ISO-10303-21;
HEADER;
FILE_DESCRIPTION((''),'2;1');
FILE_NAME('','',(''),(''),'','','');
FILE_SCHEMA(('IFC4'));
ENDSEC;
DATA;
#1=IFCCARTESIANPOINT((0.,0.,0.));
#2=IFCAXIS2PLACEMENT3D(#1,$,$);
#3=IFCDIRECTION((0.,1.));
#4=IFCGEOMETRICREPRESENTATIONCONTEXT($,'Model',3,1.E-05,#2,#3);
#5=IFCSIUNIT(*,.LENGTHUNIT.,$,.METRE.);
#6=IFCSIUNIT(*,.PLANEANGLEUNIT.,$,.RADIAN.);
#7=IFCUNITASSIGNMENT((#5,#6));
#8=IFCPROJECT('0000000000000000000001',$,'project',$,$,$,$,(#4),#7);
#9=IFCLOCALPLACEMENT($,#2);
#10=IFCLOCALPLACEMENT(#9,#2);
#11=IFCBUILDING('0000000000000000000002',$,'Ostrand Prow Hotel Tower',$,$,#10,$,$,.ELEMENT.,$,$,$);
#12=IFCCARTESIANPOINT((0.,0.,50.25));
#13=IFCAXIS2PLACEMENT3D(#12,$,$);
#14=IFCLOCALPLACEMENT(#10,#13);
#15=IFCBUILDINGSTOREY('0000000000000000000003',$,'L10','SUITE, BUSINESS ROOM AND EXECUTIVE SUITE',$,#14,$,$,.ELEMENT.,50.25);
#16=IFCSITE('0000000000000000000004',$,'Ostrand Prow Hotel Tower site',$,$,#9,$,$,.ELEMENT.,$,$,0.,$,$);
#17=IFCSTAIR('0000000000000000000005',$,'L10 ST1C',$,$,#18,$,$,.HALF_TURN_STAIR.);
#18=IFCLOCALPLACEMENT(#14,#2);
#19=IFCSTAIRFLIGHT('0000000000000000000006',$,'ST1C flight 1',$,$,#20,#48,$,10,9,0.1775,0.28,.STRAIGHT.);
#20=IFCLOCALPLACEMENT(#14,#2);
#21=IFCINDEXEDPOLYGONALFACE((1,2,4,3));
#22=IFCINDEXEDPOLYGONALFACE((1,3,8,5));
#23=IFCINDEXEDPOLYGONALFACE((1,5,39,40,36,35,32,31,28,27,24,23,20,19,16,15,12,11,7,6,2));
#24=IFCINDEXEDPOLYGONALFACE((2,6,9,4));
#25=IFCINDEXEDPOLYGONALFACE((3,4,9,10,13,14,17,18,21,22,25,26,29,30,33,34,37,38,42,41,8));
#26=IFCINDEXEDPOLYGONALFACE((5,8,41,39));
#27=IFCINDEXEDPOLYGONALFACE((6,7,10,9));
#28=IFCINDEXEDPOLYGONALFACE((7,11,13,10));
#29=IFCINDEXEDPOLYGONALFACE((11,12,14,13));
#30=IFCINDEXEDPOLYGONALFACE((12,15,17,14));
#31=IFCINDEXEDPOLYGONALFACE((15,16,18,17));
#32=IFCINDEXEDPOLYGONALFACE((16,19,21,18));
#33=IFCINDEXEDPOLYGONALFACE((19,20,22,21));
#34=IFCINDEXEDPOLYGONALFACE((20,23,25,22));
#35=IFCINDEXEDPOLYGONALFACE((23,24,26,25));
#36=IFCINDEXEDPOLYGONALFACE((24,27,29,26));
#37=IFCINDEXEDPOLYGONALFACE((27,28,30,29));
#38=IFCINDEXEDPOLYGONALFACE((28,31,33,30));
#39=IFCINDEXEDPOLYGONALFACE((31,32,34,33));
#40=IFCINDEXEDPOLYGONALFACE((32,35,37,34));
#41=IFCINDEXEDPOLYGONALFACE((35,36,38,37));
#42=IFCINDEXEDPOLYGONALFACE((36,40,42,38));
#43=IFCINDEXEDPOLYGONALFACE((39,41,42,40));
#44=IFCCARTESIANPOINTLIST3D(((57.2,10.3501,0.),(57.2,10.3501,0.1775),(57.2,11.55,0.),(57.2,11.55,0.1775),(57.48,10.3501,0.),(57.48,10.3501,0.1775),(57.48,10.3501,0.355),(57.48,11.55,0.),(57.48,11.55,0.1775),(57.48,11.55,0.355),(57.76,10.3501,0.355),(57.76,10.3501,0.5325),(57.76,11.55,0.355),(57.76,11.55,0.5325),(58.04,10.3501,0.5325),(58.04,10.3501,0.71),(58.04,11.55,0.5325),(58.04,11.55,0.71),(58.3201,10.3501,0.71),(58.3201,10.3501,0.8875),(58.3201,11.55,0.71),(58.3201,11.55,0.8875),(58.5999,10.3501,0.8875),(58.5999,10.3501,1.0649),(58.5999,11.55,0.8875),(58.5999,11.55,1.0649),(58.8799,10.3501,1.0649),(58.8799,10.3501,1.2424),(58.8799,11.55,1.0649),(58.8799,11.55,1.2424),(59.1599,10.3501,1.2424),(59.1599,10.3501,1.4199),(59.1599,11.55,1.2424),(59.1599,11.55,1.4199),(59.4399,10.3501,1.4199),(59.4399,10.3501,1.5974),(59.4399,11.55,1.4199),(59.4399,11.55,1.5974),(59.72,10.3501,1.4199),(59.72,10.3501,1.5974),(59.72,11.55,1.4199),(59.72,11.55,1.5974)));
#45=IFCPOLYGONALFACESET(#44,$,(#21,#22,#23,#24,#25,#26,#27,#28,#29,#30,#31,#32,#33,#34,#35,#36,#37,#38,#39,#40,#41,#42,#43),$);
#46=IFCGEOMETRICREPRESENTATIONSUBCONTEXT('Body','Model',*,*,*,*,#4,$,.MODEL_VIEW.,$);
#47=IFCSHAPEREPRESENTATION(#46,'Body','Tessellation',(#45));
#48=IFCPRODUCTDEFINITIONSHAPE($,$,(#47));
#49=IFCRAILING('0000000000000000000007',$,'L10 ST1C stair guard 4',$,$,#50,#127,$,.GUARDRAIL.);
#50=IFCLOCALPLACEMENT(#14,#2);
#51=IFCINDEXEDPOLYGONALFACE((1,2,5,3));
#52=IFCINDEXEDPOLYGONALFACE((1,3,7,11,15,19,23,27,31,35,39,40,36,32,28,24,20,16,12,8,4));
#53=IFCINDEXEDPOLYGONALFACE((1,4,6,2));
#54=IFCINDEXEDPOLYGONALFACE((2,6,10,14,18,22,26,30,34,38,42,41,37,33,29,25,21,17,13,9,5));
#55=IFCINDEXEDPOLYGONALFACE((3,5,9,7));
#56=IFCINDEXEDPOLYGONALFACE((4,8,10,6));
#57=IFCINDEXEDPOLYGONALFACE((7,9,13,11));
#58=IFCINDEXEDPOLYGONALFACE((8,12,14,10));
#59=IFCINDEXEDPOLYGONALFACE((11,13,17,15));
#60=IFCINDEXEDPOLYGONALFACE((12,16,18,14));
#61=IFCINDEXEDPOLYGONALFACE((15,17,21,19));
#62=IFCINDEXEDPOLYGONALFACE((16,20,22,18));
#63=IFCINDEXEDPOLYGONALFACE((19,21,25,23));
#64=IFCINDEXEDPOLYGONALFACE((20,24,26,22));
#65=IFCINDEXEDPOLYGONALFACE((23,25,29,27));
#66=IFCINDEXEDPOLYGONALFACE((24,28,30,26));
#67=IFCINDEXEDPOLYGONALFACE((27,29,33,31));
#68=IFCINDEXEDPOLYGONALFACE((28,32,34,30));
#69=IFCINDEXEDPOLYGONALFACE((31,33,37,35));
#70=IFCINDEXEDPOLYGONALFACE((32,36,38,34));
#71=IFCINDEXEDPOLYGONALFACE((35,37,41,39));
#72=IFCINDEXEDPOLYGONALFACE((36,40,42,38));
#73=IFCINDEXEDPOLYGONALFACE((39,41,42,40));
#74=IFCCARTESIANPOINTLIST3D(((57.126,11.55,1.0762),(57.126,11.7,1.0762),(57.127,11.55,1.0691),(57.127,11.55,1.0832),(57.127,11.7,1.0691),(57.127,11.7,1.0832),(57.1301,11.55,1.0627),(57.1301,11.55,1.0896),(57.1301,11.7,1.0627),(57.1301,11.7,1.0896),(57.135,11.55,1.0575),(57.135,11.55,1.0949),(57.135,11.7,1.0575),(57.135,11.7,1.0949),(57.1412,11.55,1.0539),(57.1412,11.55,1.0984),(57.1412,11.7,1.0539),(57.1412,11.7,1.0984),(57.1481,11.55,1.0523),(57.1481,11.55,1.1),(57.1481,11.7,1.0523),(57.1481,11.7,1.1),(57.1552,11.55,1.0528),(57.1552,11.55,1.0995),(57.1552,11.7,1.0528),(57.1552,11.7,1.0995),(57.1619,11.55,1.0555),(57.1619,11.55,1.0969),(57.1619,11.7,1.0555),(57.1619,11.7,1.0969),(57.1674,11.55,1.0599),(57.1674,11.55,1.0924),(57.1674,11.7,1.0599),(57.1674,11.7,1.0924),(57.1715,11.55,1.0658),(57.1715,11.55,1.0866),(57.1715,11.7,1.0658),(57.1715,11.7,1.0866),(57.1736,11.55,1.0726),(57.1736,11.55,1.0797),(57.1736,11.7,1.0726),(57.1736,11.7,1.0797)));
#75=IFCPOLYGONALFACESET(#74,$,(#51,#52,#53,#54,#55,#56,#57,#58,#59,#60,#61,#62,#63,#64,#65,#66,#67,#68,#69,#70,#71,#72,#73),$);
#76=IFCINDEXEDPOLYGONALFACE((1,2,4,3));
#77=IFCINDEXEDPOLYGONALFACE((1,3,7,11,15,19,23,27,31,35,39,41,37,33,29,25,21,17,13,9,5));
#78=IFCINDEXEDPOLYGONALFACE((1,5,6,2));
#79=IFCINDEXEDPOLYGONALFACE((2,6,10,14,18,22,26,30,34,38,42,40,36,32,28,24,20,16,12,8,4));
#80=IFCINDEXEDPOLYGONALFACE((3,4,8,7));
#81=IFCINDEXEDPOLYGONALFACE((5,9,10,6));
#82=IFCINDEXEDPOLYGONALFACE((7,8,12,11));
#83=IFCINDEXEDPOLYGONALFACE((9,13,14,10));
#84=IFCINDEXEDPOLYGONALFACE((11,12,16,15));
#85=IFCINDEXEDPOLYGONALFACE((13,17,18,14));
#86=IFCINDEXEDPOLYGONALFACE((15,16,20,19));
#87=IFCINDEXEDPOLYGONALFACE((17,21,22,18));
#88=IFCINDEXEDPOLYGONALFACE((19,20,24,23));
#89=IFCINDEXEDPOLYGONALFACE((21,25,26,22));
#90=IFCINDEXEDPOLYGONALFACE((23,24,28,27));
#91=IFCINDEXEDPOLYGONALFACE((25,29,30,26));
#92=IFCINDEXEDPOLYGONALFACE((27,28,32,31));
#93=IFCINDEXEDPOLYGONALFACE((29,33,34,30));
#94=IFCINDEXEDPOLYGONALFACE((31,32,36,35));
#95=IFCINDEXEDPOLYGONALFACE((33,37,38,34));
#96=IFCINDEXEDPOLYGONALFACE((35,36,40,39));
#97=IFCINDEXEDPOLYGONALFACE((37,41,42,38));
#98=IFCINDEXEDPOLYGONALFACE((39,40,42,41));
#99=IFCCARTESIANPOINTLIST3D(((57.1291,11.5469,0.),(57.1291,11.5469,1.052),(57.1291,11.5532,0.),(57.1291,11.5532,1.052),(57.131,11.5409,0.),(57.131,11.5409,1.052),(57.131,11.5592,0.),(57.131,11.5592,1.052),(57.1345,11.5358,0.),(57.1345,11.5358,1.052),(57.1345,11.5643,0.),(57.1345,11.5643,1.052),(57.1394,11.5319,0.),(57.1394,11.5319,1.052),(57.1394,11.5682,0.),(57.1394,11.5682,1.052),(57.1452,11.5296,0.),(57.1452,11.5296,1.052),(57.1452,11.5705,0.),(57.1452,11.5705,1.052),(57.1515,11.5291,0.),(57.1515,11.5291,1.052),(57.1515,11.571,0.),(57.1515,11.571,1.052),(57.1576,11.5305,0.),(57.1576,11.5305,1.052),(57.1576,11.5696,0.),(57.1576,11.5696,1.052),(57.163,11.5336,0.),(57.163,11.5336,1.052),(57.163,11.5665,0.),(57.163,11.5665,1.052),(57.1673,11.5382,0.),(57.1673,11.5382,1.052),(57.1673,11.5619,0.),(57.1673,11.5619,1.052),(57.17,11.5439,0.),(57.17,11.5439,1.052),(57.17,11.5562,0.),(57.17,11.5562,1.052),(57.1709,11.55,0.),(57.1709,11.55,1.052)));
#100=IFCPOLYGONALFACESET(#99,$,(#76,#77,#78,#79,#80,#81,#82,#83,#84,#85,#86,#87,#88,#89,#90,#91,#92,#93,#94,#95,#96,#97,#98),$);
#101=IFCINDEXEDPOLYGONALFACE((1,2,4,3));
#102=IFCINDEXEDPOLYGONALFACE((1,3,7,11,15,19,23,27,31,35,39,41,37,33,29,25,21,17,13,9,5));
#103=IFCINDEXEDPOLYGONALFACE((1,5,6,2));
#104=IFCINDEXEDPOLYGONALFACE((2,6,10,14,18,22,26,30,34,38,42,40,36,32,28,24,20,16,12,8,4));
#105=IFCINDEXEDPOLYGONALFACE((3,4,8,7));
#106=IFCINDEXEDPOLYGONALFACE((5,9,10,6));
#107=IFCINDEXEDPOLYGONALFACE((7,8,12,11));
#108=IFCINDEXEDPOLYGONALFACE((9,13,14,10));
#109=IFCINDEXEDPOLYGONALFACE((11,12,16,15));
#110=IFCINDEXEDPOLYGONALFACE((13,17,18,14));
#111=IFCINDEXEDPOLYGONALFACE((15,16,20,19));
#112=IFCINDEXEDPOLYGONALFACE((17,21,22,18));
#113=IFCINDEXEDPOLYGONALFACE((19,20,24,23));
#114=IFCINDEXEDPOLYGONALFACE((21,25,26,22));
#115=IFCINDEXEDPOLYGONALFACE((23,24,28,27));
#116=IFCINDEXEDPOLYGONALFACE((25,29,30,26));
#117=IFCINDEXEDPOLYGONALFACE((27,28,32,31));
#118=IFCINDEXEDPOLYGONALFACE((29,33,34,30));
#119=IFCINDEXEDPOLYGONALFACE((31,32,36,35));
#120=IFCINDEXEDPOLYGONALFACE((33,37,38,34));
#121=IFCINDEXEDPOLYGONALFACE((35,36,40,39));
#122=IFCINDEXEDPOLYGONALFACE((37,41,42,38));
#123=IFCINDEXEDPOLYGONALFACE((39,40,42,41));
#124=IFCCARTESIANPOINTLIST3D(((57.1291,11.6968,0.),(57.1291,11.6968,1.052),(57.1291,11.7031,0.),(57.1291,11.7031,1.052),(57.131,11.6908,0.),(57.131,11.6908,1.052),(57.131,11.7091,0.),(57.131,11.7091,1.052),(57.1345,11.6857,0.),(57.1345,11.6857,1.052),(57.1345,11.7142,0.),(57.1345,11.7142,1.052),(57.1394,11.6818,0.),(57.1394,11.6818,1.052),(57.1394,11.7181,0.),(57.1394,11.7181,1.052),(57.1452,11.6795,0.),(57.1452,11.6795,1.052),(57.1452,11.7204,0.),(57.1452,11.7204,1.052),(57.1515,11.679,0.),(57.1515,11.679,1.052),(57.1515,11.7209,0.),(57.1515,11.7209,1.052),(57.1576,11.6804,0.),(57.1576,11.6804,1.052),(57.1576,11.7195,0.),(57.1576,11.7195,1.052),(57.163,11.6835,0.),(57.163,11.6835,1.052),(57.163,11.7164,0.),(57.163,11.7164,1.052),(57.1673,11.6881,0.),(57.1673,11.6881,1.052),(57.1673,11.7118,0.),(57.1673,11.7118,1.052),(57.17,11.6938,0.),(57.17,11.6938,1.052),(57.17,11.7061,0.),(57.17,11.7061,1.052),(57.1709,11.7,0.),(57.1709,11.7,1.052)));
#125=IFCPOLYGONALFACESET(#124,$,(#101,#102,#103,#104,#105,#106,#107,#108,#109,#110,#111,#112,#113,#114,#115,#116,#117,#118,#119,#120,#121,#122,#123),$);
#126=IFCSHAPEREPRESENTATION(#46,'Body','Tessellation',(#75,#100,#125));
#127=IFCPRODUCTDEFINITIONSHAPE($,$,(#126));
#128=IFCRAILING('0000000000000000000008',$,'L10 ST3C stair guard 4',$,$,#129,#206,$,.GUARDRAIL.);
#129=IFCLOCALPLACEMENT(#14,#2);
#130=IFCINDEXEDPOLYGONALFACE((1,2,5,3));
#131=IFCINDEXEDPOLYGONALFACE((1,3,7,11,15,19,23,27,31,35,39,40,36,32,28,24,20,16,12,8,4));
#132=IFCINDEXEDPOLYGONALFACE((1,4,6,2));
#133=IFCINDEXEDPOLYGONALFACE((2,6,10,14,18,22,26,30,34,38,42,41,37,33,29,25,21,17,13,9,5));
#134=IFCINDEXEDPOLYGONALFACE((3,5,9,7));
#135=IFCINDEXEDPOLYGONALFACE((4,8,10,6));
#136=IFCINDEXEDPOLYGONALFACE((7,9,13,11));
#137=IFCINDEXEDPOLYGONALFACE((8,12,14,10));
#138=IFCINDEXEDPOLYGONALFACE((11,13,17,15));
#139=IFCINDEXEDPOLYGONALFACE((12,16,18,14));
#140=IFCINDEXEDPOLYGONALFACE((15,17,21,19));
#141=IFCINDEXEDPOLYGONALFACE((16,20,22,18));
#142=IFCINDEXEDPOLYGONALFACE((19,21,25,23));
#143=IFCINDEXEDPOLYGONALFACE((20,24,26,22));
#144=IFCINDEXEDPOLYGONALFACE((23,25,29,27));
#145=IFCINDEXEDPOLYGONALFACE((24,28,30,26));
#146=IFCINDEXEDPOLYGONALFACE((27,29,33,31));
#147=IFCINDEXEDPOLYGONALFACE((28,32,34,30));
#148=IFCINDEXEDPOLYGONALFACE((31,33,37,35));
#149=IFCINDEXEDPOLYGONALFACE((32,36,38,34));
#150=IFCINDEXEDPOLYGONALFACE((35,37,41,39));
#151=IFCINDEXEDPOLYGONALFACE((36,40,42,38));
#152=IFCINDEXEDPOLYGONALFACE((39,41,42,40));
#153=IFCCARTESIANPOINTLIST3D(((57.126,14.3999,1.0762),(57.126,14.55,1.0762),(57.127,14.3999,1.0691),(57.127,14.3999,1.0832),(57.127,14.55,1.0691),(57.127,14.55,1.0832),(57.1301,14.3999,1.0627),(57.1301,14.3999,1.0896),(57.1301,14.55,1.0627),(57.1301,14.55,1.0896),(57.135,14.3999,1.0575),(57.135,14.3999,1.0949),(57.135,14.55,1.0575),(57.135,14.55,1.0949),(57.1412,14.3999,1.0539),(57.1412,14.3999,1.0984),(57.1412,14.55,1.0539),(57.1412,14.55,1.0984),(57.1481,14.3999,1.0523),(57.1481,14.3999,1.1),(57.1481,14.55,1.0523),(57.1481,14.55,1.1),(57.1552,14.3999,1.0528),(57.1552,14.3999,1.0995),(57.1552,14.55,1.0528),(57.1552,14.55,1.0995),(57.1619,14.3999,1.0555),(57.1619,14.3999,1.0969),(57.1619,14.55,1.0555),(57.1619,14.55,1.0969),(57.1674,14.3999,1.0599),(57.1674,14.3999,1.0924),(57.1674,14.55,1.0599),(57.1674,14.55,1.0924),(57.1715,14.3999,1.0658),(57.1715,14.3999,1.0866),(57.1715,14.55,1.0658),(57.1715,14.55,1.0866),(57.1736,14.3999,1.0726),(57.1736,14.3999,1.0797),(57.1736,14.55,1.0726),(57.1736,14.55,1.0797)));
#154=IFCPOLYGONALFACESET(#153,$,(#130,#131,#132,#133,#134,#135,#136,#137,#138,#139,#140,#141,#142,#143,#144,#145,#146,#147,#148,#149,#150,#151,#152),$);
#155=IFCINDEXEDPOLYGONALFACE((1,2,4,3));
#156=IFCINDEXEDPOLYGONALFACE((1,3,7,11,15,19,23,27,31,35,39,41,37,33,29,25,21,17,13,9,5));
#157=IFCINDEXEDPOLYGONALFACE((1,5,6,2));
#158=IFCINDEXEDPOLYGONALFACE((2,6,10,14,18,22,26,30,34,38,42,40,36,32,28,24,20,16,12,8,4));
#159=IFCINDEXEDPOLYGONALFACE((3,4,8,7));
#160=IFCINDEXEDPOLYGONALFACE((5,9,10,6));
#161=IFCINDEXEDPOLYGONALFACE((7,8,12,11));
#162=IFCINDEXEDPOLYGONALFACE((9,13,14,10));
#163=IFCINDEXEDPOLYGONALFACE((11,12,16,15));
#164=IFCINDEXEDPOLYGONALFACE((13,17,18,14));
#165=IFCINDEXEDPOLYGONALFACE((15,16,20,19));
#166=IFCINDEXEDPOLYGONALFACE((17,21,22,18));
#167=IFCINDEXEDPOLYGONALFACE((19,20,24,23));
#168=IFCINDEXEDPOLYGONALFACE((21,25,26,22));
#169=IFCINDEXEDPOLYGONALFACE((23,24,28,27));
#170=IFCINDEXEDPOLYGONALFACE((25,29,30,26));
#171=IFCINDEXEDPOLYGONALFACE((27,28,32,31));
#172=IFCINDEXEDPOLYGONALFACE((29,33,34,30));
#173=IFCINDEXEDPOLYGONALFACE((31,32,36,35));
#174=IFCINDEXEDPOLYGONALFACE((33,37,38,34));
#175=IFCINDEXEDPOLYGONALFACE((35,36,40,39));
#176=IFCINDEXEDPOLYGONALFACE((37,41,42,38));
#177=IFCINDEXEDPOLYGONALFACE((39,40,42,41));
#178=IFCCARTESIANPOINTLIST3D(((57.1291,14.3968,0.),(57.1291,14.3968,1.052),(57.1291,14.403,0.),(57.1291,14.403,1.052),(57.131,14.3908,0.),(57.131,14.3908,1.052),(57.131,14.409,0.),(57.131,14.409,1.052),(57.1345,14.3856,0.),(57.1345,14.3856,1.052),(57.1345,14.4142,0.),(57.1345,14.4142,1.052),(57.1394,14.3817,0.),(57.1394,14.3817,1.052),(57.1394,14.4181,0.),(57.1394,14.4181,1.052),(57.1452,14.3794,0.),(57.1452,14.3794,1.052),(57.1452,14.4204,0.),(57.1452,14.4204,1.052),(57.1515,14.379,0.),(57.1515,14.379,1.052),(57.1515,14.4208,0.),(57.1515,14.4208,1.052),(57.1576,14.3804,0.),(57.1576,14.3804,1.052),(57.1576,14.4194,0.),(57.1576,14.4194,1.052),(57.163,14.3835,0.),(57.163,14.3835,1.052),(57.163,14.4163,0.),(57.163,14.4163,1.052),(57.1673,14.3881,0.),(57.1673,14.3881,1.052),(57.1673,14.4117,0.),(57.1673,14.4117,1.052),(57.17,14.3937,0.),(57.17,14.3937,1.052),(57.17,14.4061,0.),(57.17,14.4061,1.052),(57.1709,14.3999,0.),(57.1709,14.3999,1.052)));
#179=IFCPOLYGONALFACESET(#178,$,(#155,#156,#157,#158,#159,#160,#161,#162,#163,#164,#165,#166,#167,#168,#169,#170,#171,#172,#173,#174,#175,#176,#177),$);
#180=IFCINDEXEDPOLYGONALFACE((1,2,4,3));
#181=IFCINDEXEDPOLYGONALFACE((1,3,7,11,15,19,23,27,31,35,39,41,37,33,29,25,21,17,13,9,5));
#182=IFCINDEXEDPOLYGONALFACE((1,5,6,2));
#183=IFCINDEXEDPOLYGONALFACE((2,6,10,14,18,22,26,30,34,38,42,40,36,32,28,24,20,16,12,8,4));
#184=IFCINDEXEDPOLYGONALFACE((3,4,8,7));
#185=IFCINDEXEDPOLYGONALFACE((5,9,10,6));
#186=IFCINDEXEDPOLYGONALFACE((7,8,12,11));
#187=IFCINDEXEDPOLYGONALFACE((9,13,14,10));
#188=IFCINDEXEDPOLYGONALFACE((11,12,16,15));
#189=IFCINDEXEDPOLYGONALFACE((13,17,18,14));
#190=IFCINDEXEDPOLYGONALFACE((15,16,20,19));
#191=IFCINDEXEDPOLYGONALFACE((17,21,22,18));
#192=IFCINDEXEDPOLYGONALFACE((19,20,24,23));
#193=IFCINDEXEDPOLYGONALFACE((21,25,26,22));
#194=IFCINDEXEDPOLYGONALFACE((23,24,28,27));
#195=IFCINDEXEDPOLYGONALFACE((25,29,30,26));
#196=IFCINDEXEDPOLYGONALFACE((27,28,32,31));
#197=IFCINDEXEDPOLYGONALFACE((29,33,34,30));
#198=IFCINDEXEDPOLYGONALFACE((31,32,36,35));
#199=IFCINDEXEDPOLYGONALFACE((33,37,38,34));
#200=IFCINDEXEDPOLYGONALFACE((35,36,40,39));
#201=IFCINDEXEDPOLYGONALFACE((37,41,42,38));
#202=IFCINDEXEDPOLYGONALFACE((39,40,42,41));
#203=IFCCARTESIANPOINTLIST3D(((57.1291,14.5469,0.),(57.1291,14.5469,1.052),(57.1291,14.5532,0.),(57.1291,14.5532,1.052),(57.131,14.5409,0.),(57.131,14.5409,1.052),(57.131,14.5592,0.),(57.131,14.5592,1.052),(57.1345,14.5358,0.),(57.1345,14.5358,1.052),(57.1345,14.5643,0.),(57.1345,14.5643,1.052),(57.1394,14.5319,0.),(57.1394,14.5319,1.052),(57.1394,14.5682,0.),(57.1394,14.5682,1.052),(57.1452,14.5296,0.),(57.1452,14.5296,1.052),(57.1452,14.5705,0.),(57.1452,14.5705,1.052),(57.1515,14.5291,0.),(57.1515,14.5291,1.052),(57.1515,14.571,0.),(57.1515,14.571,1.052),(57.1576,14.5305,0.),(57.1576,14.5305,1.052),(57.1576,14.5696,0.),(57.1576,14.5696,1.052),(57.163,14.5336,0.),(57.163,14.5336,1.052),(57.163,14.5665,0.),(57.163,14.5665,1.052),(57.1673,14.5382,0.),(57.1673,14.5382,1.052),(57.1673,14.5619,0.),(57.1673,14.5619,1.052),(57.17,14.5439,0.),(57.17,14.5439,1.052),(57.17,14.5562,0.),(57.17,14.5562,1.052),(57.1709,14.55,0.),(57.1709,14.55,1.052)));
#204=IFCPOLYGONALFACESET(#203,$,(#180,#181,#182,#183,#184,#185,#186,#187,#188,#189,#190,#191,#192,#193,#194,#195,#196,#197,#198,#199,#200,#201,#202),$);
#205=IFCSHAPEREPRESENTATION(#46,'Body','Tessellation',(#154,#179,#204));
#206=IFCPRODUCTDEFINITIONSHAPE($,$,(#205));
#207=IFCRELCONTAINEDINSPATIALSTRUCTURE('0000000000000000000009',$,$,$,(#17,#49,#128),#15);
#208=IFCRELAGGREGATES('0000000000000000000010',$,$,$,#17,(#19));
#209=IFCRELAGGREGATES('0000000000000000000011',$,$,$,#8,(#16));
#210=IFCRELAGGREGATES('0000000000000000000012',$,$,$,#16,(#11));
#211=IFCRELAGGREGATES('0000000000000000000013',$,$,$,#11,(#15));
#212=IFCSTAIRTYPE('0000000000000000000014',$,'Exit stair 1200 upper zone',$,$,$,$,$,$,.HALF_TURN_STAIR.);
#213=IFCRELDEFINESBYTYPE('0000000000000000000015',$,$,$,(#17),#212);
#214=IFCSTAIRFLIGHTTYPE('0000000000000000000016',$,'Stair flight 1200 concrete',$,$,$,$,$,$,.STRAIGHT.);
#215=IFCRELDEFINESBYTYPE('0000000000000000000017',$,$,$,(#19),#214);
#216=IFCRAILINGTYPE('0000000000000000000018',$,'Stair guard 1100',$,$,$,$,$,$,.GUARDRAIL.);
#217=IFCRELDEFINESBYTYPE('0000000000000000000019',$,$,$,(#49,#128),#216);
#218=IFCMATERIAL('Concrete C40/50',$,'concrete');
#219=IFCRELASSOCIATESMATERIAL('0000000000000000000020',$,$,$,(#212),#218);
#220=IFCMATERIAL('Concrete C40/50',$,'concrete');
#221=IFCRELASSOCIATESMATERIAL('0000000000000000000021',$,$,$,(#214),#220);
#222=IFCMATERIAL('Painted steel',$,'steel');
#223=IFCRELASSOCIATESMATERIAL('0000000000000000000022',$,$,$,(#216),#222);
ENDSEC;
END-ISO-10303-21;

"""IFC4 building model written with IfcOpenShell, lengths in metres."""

from ifc_helpers import new_model, si_unit, direction, frame, origin, origin_2d, place, context, subcontext, project, spatial, polyline, circle, outline, extrude, material, type_object, element, aggregate, save


model = new_model("IFC4")

# Units and contexts
model_context = context("Model", 3, precision=1e-05, world=origin(), true_north=direction((0.0, 1.0)))
body_context = subcontext(model_context, "Body", "Model", "MODEL_VIEW")
ifc_project = project(units=[si_unit("LENGTHUNIT", "METRE"), si_unit("PLANEANGLEUNIT", "RADIAN")], contexts=[model_context])

# Site, building, storey
site_placement = place(None, origin())
site = spatial("IfcSite", under=ifc_project, at=site_placement, Name="Ostrand Prow Hotel Tower site", CompositionType="ELEMENT", RefElevation=0.0)
building_placement = place(site_placement, origin())
building = spatial("IfcBuilding", under=site, at=building_placement, Name="Ostrand Prow Hotel Tower", CompositionType="ELEMENT")
storey_placement = place(building_placement, frame((0.0, 0.0, 50.25)))
storey = spatial("IfcBuildingStorey", under=building, at=storey_placement, Name="L10", Description="SUITE, BUSINESS ROOM AND EXECUTIVE SUITE", CompositionType="ELEMENT", Elevation=50.25)

# Stair, stair flight
ifc_material_1 = material(Name="Concrete C40/50", Category="concrete")
stair_type = type_object("IfcStairType", Name="Exit stair 1200 upper zone", PredefinedType="HALF_TURN_STAIR", material=ifc_material_1)
stair_placement = place(storey_placement, origin())
stair = element("IfcStair", 1, at=stair_placement, inside=storey, type_object=stair_type, Name="L10 ST1C", PredefinedType="HALF_TURN_STAIR")
ifc_material_2 = material(Name="Concrete C40/50", Category="concrete")
stair_flight_type = type_object("IfcStairFlightType", Name="Stair flight 1200 concrete", PredefinedType="STRAIGHT", material=ifc_material_2)
stair_flight_placement = place(storey_placement, frame((57.2, 10.95, 0.0), z_axis=(0.0, 0.0, 1.0), x_axis=(1.0, 0.0, 0.0)))
stair_flight = element("IfcStairFlight", 2, at=stair_flight_placement, type_object=stair_flight_type, Name="ST1C flight 1", NumberOfRisers=10, NumberOfTreads=9, PredefinedType="STRAIGHT", RiserHeight=0.1775, TreadLength=0.28, context=body_context, shape_type="SweptSolid", body=[
    extrude(outline(polyline([(0.0, 0.0), (0.0, 0.1775), (0.28, 0.1775), (0.28, 0.355), (0.5601, 0.355), (0.5601, 0.5325), (0.8401, 0.5325), (0.8401, 0.71), (1.1201, 0.71), (1.1201, 0.8875), (1.3999, 0.8875), (1.3999, 1.0649), (1.6799, 1.0649), (1.6799, 1.2424), (1.96, 1.2424), (1.96, 1.4199), (2.24, 1.4199), (2.24, 1.5974), (2.52, 1.5974), (2.52, 1.7749), (2.52, 1.4199), (0.28, 0.0), (0.0, 0.0)])), frame((0.0, 0.6001, 0.0), z_axis=(0.0, -1.0, 0.0), x_axis=(1.0, 0.0, 0.0)), (0.0, 0.0, 1.0), 1.2),
])
aggregate(stair, [stair_flight])

# Railings
ifc_material_3 = material(Name="Painted steel", Category="steel")
railing_type_1 = type_object("IfcRailingType", Name="Stair guard 1100", PredefinedType="GUARDRAIL", material=ifc_material_3)
railing_1_placement = place(storey_placement, frame((57.1499, 11.55, 0.0)))
element("IfcRailing", 3, at=railing_1_placement, inside=storey, type_object=railing_type_1, Name="L10 ST1C stair guard 4", PredefinedType="GUARDRAIL", context=body_context, shape_type="SweptSolid", body=[
    extrude(circle(Radius=0.0239, at=origin_2d()), frame((0.0, 0.0, 1.0762), z_axis=(0.0, 1.0, 0.0), x_axis=(-1.0, 0.0, 0.0)), (0.0, 0.0, 1.0), 0.1499),
    extrude(circle(Radius=0.021, at=origin_2d()), origin(), (0.0, 0.0, 1.0), 1.052),
    extrude(circle(Radius=0.021, at=origin_2d()), frame((0.0, 0.1499, 0.0)), (0.0, 0.0, 1.0), 1.052),
])
railing_2_placement = place(storey_placement, frame((57.1499, 14.3999, 0.0)))
element("IfcRailing", 4, at=railing_2_placement, inside=storey, type_object=railing_type_1, Name="L10 ST3C stair guard 4", PredefinedType="GUARDRAIL", context=body_context, shape_type="SweptSolid", body=[
    extrude(circle(Radius=0.0239, at=origin_2d()), frame((0.0, 0.0, 1.0762), z_axis=(0.0, 1.0, 0.0), x_axis=(-1.0, 0.0, 0.0)), (0.0, 0.0, 1.0), 0.1501),
    extrude(circle(Radius=0.021, at=origin_2d()), origin(), (0.0, 0.0, 1.0), 1.052),
    extrude(circle(Radius=0.021, at=origin_2d()), frame((0.0, 0.1501, 0.0)), (0.0, 0.0, 1.0), 1.052),
])

save(model, "model.ifc")
